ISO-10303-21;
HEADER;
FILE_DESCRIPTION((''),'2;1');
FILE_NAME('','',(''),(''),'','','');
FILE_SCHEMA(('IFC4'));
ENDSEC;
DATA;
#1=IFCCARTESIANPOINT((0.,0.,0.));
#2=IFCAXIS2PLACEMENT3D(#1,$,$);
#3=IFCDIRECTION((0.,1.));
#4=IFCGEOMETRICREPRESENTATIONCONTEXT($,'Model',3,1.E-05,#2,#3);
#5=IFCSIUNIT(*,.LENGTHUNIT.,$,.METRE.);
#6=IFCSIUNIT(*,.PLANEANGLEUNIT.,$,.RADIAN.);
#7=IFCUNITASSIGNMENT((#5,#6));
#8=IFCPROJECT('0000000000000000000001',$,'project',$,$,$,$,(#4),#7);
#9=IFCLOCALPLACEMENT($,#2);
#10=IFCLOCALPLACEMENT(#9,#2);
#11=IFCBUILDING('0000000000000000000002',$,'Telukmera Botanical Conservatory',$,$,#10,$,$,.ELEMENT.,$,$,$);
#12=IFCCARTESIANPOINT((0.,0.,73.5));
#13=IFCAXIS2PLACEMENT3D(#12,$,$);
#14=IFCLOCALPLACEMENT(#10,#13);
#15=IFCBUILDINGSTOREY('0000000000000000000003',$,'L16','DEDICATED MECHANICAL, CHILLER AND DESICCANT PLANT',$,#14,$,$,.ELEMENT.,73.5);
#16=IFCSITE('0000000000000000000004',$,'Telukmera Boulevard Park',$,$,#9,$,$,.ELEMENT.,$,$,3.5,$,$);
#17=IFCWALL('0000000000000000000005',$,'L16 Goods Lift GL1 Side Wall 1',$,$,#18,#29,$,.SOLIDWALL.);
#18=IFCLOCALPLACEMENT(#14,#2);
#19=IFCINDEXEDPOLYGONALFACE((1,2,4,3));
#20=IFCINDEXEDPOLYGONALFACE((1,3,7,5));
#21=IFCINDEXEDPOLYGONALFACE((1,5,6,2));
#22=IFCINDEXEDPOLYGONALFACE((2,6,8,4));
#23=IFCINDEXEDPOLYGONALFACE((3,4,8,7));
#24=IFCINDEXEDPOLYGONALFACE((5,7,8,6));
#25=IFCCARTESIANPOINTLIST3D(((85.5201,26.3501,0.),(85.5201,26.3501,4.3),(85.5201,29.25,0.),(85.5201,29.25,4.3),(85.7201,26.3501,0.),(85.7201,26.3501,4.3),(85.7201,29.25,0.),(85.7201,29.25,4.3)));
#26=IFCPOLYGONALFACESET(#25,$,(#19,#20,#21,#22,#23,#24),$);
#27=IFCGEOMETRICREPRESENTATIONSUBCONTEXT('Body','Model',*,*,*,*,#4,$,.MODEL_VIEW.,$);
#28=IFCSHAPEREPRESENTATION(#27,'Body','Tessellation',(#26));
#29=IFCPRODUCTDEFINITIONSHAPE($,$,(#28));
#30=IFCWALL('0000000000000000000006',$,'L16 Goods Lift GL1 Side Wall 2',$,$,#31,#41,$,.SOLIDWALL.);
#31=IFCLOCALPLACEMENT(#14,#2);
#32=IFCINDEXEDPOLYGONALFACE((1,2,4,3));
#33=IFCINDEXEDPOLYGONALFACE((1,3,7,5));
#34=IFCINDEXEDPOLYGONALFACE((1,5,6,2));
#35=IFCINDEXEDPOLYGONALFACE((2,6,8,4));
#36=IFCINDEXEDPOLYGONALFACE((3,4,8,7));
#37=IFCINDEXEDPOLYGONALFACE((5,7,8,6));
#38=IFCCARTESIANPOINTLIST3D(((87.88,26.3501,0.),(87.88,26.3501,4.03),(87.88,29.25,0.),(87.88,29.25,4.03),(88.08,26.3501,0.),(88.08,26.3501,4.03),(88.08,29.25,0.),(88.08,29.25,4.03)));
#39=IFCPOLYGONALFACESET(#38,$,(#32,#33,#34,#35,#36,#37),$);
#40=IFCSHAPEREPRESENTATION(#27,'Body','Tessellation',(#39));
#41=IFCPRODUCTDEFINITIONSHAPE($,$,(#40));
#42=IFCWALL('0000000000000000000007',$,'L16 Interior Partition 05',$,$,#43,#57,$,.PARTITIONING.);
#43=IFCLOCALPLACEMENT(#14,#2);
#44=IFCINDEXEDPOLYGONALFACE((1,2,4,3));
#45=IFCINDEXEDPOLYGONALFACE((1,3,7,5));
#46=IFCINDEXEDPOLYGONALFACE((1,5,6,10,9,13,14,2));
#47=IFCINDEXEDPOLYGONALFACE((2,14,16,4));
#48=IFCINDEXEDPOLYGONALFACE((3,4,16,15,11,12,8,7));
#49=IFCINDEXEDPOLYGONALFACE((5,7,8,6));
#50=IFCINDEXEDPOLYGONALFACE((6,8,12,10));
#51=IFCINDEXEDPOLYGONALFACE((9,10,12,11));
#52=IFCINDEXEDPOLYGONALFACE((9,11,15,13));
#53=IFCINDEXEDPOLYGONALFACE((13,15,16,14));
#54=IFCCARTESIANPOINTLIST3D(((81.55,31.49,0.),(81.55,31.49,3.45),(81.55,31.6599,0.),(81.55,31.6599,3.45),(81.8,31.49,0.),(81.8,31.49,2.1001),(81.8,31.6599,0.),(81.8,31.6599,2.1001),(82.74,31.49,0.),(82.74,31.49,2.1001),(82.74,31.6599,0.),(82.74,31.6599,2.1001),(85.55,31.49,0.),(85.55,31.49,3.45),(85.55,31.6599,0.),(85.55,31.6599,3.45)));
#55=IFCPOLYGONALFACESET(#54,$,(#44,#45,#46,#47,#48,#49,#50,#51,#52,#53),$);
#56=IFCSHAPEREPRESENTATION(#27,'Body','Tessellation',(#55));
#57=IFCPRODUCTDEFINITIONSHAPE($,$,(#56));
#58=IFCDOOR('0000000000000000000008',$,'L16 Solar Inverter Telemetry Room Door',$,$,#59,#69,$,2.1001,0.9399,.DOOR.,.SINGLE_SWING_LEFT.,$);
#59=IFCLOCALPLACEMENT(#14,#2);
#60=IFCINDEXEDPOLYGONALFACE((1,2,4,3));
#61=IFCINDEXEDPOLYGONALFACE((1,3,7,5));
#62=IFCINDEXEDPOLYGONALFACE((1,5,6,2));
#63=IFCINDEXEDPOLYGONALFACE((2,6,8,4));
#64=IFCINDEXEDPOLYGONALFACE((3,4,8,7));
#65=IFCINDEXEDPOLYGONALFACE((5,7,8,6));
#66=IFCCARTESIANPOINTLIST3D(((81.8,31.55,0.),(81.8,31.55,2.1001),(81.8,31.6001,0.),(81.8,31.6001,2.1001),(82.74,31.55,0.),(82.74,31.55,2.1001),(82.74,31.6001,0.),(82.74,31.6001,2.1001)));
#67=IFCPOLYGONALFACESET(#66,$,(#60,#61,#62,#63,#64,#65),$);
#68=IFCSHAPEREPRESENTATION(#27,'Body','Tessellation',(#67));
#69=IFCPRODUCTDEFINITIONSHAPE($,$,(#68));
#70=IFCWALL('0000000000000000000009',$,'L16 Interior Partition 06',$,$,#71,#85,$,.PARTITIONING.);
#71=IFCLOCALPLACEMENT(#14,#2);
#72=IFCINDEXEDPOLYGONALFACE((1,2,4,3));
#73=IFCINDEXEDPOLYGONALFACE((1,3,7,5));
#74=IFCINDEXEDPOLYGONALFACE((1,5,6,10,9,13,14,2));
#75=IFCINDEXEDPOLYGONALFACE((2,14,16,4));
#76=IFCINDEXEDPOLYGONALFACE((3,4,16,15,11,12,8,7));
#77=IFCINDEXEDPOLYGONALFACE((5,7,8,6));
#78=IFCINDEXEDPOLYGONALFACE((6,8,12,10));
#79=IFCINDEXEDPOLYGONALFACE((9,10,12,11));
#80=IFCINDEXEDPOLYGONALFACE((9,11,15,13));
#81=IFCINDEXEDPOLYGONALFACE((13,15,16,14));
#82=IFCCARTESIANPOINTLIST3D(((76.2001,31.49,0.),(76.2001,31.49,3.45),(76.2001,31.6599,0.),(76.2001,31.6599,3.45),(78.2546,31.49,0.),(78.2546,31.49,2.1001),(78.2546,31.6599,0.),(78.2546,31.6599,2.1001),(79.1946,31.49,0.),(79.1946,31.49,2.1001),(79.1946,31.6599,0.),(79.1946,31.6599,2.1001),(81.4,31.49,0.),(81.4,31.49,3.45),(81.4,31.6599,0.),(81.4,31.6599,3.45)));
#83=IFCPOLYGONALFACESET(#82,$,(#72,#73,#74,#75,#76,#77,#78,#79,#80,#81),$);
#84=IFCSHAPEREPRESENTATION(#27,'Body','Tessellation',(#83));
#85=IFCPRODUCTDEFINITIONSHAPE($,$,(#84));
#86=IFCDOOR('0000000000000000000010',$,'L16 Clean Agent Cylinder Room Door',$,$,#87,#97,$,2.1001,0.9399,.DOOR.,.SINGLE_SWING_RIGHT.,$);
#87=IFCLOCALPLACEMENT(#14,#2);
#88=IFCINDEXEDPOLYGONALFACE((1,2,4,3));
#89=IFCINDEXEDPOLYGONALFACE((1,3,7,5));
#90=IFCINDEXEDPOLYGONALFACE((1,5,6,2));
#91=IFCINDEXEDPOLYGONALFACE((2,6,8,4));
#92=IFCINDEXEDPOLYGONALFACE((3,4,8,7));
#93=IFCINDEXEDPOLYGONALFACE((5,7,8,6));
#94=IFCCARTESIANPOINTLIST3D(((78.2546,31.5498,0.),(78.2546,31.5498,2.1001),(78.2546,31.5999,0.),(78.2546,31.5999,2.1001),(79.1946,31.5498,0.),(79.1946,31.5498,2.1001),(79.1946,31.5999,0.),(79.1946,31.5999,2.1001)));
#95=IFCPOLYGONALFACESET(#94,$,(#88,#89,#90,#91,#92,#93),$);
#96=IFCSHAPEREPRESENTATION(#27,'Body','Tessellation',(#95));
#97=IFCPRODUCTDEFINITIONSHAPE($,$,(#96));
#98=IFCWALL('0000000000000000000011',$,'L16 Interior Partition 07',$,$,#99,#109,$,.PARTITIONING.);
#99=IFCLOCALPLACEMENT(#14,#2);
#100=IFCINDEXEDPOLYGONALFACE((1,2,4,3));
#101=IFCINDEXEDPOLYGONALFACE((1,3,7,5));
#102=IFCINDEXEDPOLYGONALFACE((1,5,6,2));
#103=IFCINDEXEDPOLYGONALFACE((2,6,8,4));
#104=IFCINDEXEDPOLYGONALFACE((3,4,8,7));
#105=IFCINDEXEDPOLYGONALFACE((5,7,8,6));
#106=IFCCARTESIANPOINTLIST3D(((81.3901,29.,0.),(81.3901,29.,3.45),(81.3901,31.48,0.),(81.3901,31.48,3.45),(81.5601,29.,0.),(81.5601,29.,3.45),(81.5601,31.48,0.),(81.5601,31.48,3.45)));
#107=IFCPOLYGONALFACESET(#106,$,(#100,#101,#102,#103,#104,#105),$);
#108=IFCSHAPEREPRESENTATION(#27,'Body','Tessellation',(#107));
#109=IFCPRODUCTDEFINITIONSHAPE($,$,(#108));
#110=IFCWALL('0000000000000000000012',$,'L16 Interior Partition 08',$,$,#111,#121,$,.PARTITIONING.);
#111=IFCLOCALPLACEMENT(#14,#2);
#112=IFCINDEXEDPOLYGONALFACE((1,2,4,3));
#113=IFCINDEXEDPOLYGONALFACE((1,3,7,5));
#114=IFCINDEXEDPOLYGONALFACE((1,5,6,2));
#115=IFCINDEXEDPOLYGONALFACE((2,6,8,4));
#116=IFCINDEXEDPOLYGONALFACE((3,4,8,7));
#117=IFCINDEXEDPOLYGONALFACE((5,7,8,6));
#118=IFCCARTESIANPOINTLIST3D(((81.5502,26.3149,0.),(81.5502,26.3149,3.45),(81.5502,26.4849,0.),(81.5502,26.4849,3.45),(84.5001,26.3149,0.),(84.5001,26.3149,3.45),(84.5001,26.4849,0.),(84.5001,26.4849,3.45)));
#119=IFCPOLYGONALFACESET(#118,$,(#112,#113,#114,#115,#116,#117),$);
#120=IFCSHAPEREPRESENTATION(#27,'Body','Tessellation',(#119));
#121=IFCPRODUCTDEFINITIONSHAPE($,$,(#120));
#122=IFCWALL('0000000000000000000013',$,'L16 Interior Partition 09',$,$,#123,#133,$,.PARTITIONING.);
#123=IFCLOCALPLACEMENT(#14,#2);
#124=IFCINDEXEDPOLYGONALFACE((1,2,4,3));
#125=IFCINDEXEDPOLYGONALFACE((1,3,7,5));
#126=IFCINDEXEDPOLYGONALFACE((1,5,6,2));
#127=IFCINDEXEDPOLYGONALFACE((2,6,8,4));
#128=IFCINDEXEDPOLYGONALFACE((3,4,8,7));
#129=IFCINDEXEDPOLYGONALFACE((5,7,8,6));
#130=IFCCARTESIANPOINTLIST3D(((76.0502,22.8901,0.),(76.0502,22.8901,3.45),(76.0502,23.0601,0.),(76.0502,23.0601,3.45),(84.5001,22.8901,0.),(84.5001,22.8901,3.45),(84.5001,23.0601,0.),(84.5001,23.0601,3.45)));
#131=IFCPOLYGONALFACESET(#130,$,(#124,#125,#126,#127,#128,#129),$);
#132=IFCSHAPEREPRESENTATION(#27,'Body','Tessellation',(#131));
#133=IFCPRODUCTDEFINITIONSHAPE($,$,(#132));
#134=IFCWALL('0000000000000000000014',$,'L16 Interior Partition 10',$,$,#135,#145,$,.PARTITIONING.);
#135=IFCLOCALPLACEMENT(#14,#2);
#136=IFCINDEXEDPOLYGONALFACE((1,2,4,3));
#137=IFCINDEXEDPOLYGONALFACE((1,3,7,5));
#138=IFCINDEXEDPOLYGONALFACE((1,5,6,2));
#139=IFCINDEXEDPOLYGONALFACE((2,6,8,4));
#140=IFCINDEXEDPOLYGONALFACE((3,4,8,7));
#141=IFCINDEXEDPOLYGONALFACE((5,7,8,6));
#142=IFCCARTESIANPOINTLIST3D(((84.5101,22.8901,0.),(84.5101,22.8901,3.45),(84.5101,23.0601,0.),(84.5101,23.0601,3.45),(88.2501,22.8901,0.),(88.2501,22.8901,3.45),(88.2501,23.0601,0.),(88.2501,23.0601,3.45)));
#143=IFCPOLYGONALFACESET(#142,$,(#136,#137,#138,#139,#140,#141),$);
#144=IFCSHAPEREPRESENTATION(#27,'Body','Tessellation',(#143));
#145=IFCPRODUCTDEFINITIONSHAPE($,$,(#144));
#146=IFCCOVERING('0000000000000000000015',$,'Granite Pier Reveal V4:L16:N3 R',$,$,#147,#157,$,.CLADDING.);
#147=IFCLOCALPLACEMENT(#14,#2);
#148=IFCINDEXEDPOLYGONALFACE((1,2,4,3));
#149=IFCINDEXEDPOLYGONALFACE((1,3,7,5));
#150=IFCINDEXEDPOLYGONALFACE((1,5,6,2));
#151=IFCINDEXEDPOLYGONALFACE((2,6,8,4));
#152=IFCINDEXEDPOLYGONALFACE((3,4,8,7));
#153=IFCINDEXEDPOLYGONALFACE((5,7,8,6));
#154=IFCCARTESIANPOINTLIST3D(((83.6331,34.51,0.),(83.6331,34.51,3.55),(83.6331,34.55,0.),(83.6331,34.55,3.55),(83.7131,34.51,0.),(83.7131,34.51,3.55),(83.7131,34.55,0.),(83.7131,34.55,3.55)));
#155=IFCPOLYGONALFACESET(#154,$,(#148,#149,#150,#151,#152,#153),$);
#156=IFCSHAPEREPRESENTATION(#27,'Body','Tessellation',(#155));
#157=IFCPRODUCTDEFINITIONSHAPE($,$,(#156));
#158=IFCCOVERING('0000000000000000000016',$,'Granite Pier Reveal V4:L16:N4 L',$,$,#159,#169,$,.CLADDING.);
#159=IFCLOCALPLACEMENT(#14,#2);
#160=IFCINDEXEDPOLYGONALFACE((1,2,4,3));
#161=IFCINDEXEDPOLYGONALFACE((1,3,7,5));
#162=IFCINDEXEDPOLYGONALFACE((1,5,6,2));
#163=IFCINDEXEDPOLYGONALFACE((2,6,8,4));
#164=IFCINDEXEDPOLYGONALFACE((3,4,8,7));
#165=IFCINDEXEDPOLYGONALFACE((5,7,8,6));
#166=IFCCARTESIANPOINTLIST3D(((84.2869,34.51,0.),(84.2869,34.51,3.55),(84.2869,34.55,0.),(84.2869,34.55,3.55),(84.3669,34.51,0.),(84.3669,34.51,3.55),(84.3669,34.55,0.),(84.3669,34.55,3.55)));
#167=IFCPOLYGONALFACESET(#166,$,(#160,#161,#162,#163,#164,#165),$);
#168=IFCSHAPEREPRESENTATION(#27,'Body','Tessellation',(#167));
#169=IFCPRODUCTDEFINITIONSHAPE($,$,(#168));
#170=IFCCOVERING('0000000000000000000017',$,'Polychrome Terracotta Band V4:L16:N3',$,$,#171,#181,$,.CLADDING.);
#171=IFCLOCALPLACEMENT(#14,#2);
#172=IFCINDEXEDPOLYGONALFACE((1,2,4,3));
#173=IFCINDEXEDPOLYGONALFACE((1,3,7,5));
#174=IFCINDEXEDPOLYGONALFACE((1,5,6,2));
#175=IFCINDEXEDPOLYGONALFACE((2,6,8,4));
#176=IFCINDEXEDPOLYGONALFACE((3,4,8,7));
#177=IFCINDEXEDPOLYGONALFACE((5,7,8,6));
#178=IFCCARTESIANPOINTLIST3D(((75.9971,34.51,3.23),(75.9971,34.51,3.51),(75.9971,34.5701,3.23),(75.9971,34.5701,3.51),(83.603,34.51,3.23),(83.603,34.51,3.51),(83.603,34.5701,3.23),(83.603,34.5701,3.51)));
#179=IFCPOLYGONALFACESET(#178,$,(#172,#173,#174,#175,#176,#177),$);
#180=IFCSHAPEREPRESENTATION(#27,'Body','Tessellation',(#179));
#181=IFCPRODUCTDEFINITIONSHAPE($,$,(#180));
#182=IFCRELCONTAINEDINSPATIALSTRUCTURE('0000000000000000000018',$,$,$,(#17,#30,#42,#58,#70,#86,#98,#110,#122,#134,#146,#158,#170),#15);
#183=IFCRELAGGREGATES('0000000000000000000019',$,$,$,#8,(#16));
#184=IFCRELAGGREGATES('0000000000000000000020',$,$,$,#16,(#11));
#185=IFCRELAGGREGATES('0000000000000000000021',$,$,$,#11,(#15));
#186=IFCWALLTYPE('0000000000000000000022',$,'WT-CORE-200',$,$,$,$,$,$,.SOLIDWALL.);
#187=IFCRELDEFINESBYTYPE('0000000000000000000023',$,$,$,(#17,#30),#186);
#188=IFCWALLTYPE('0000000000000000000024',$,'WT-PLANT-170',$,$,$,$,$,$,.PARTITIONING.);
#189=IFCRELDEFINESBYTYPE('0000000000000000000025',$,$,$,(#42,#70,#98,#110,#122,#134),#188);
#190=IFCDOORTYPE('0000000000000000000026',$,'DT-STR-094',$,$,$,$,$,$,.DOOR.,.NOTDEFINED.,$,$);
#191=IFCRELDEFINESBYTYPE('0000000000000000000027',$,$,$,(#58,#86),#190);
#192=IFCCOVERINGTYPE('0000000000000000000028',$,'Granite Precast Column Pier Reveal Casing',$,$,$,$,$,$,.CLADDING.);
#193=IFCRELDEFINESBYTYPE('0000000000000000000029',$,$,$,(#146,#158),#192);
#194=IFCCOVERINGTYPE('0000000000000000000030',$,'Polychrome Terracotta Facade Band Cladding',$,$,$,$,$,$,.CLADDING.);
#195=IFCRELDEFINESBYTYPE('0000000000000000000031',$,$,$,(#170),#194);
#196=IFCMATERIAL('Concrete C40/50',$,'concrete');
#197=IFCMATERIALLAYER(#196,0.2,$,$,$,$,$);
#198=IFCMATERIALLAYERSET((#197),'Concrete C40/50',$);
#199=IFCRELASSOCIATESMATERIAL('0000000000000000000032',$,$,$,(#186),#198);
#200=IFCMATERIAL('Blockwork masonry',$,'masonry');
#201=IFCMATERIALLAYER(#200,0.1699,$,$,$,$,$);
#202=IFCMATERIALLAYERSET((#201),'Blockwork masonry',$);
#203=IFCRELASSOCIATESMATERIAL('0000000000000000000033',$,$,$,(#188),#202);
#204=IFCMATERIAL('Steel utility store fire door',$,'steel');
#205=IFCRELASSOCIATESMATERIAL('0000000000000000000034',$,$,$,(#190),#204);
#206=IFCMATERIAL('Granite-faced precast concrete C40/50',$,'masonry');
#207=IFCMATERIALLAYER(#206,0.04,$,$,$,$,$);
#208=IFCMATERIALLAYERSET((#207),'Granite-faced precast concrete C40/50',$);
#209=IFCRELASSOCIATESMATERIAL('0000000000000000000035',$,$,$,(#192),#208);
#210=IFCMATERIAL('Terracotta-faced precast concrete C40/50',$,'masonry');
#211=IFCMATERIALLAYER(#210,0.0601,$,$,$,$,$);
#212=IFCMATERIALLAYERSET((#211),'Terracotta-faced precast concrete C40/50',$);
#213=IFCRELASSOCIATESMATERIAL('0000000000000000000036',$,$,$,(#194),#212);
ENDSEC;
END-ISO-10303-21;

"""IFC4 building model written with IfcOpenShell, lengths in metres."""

from ifc_helpers import new_model, si_unit, direction, frame, frame_2d, origin, origin_2d, place, context, subcontext, project, spatial, rectangle, extrude, material, layer, layer_set, type_object, element, fill, save


model = new_model("IFC4")

# Units and contexts
model_context = context("Model", 3, precision=1e-05, world=origin(), true_north=direction((0.0, 1.0)))
body_context = subcontext(model_context, "Body", "Model", "MODEL_VIEW")
ifc_project = project(units=[si_unit("LENGTHUNIT", "METRE"), si_unit("PLANEANGLEUNIT", "RADIAN")], contexts=[model_context])

# Site, building, storey
site_placement = place(None, origin())
site = spatial("IfcSite", under=ifc_project, at=site_placement, Name="Telukmera Boulevard Park", CompositionType="ELEMENT", RefElevation=3.5)
building_placement = place(site_placement, origin())
building = spatial("IfcBuilding", under=site, at=building_placement, Name="Telukmera Botanical Conservatory", CompositionType="ELEMENT")
storey_placement = place(building_placement, frame((0.0, 0.0, 73.5)))
storey = spatial("IfcBuildingStorey", under=building, at=storey_placement, Name="L16", Description="DEDICATED MECHANICAL, CHILLER AND DESICCANT PLANT", CompositionType="ELEMENT", Elevation=73.5)

# Shared definitions
ifc_material_1 = material(Name="Concrete C40/50", Category="concrete")

# Shared definitions
ifc_material_2 = material(Name="Terracotta-faced precast concrete C40/50", Category="masonry")
ifc_layer_1 = layer(ifc_material_1, 0.2)
ifc_layer_set_1 = layer_set([ifc_layer_1], Name="Concrete C40/50")
wall_type_1 = type_object("IfcWallType", Name="WT-CORE-200", PredefinedType="SOLIDWALL", material=ifc_layer_set_1)

# Walls
wall_1_placement = place(storey_placement, frame((85.6201, 26.3501, 0.0), z_axis=(0.0, 0.0, 1.0), x_axis=(0.0, 1.0, 0.0)))
element("IfcWall", 1, at=wall_1_placement, inside=storey, type_object=wall_type_1, Name="L16 Goods Lift GL1 Side Wall 1", PredefinedType="SOLIDWALL", context=body_context, shape_type="SweptSolid", body=[
    extrude(rectangle(XDim=2.8999, YDim=0.2, at=frame_2d((1.45, 0.0))), origin(), (0.0, 0.0, 1.0), 4.3),
])
wall_2_placement = place(storey_placement, frame((87.98, 26.3501, 0.0), z_axis=(0.0, 0.0, 1.0), x_axis=(0.0, 1.0, 0.0)))
element("IfcWall", 2, at=wall_2_placement, inside=storey, type_object=wall_type_1, Name="L16 Goods Lift GL1 Side Wall 2", PredefinedType="SOLIDWALL", context=body_context, shape_type="SweptSolid", body=[
    extrude(rectangle(XDim=2.8999, YDim=0.2, at=frame_2d((1.45, 0.0))), origin(), (0.0, 0.0, 1.0), 4.03),
])

# Walls, openings, doors
ifc_material_3 = material(Name="Blockwork masonry", Category="masonry")
ifc_layer_2 = layer(ifc_material_3, 0.1699)
ifc_layer_set_2 = layer_set([ifc_layer_2], Name="Blockwork masonry")
wall_type_2 = type_object("IfcWallType", Name="WT-PLANT-170", PredefinedType="PARTITIONING", material=ifc_layer_set_2)
wall_3_placement = place(storey_placement, frame((81.55, 31.575, 0.0), z_axis=(0.0, 0.0, 1.0), x_axis=(1.0, 0.0, 0.0)))
wall_3 = element("IfcWall", 3, at=wall_3_placement, inside=storey, type_object=wall_type_2, Name="L16 Interior Partition 05", PredefinedType="PARTITIONING", context=body_context, shape_type="SweptSolid", body=[
    extrude(rectangle(XDim=4.0, YDim=0.1699, at=frame_2d((2.0, 0.0))), origin(), (0.0, 0.0, 1.0), 3.45),
])
opening_1_placement = place(wall_3_placement, frame((0.25, 0.0, 0.0)))
opening_1 = element("IfcOpeningElement", 4, at=opening_1_placement, cuts=wall_3, PredefinedType="OPENING", context=body_context, shape_type="SweptSolid", body=[
    extrude(rectangle(XDim=0.9399, YDim=2.1001, at=frame_2d((0.47, 1.05))), frame((0.0, 0.095, 0.0), z_axis=(0.0, -1.0, 0.0), x_axis=(1.0, 0.0, 0.0)), (0.0, 0.0, 1.0), 0.1899),
])
ifc_material_4 = material(Name="Steel utility store fire door", Category="steel")
door_type_1 = type_object("IfcDoorType", Name="DT-STR-094", OperationType="NOTDEFINED", PredefinedType="DOOR", material=ifc_material_4)
door_1_placement = place(opening_1_placement, frame((0.9399, 0.0, 0.0), z_axis=(0.0, 0.0, 1.0), x_axis=(-1.0, 0.0, 0.0)))
door_1 = element("IfcDoor", 5, at=door_1_placement, inside=storey, type_object=door_type_1, Name="L16 Solar Inverter Telemetry Room Door", OperationType="SINGLE_SWING_LEFT", OverallHeight=2.1001, OverallWidth=0.9399, PredefinedType="DOOR", context=body_context, shape_type="SweptSolid", body=[
    extrude(rectangle(XDim=0.9399, YDim=2.1001, at=frame_2d((0.47, 1.05))), frame((0.0, 0.0249, 0.0), z_axis=(0.0, -1.0, 0.0), x_axis=(1.0, 0.0, 0.0)), (0.0, 0.0, 1.0), 0.05),
])
fill(opening_1, door_1)
wall_4_placement = place(storey_placement, frame((76.2, 31.575, 0.0), z_axis=(0.0, 0.0, 1.0), x_axis=(1.0, 0.0, 0.0)))
wall_4 = element("IfcWall", 6, at=wall_4_placement, inside=storey, type_object=wall_type_2, Name="L16 Interior Partition 06", PredefinedType="PARTITIONING", context=body_context, shape_type="SweptSolid", body=[
    extrude(rectangle(XDim=5.2, YDim=0.1699, at=frame_2d((2.6001, 0.0))), origin(), (0.0, 0.0, 1.0), 3.45),
])
opening_2_placement = place(wall_4_placement, frame((2.0547, 0.0, 0.0)))
opening_2 = element("IfcOpeningElement", 7, at=opening_2_placement, cuts=wall_4, PredefinedType="OPENING", context=body_context, shape_type="SweptSolid", body=[
    extrude(rectangle(XDim=0.9399, YDim=2.1001, at=frame_2d((0.47, 1.05))), frame((0.0, 0.095, 0.0), z_axis=(0.0, -1.0, 0.0), x_axis=(1.0, 0.0, 0.0)), (0.0, 0.0, 1.0), 0.1899),
])
door_2_placement = place(opening_2_placement, origin())
door_2 = element("IfcDoor", 8, at=door_2_placement, inside=storey, type_object=door_type_1, Name="L16 Clean Agent Cylinder Room Door", OperationType="SINGLE_SWING_RIGHT", OverallHeight=2.1001, OverallWidth=0.9399, PredefinedType="DOOR", context=body_context, shape_type="SweptSolid", body=[
    extrude(rectangle(XDim=0.9399, YDim=2.1001, at=frame_2d((0.47, 1.05))), frame((0.0, 0.0249, 0.0), z_axis=(0.0, -1.0, 0.0), x_axis=(1.0, 0.0, 0.0)), (0.0, 0.0, 1.0), 0.05),
])
fill(opening_2, door_2)

# Walls
wall_5_placement = place(storey_placement, frame((81.4751, 29.0, 0.0), z_axis=(0.0, 0.0, 1.0), x_axis=(0.0, 1.0, 0.0)))
element("IfcWall", 9, at=wall_5_placement, inside=storey, type_object=wall_type_2, Name="L16 Interior Partition 07", PredefinedType="PARTITIONING", context=body_context, shape_type="SweptSolid", body=[
    extrude(rectangle(XDim=2.48, YDim=0.1699, at=frame_2d((1.24, 0.0))), origin(), (0.0, 0.0, 1.0), 3.45),
])
wall_6_placement = place(storey_placement, frame((81.55, 26.3999, 0.0), z_axis=(0.0, 0.0, 1.0), x_axis=(1.0, 0.0, 0.0)))
element("IfcWall", 10, at=wall_6_placement, inside=storey, type_object=wall_type_2, Name="L16 Interior Partition 08", PredefinedType="PARTITIONING", context=body_context, shape_type="SweptSolid", body=[
    extrude(rectangle(XDim=2.95, YDim=0.1699, at=frame_2d((1.4751, 0.0))), origin(), (0.0, 0.0, 1.0), 3.45),
])
wall_7_placement = place(storey_placement, frame((76.05, 22.9751, 0.0), z_axis=(0.0, 0.0, 1.0), x_axis=(1.0, 0.0, 0.0)))
element("IfcWall", 11, at=wall_7_placement, inside=storey, type_object=wall_type_2, Name="L16 Interior Partition 09", PredefinedType="PARTITIONING", context=body_context, shape_type="SweptSolid", body=[
    extrude(rectangle(XDim=8.45, YDim=0.1699, at=frame_2d((4.2251, 0.0))), origin(), (0.0, 0.0, 1.0), 3.45),
])
wall_8_placement = place(storey_placement, frame((84.51, 22.9751, 0.0), z_axis=(0.0, 0.0, 1.0), x_axis=(1.0, 0.0, 0.0)))
element("IfcWall", 12, at=wall_8_placement, inside=storey, type_object=wall_type_2, Name="L16 Interior Partition 10", PredefinedType="PARTITIONING", context=body_context, shape_type="SweptSolid", body=[
    extrude(rectangle(XDim=3.74, YDim=0.1699, at=frame_2d((1.8701, 0.0))), origin(), (0.0, 0.0, 1.0), 3.45),
])

# Coverings
ifc_material_5 = material(Name="Granite-faced precast concrete C40/50", Category="masonry")
ifc_layer_3 = layer(ifc_material_5, 0.04)
ifc_layer_set_3 = layer_set([ifc_layer_3], Name="Granite-faced precast concrete C40/50")
covering_type_1 = type_object("IfcCoveringType", Name="Granite Precast Column Pier Reveal Casing", PredefinedType="CLADDING", material=ifc_layer_set_3)
for number, where, z_axis, x_axis, name in (
    (13, (83.6731, 34.53, 0.0), (0.0, 0.0, 1.0), (1.0, 0.0, 0.0), "Granite Pier Reveal V4:L16:N3 R"),
    (14, (84.3269, 34.53, 0.0), (0.0, 0.0, 1.0), (1.0, 0.0, 0.0), "Granite Pier Reveal V4:L16:N4 L"),
):
    element("IfcCovering", number, at=place(storey_placement, frame(where, z_axis=z_axis, x_axis=x_axis)), inside=storey, type_object=covering_type_1, Name=name, PredefinedType="CLADDING", context=body_context, shape_type="SweptSolid", body=[
        extrude(rectangle(XDim=0.0801, YDim=0.04, at=origin_2d()), origin(), (0.0, 0.0, 1.0), 3.55),
    ])
ifc_layer_4 = layer(ifc_material_2, 0.0601)
ifc_layer_set_4 = layer_set([ifc_layer_4], Name="Terracotta-faced precast concrete C40/50")
covering_type_2 = type_object("IfcCoveringType", Name="Polychrome Terracotta Facade Band Cladding", PredefinedType="CLADDING", material=ifc_layer_set_4)
covering_placement = place(storey_placement, frame((79.8, 34.54, 3.23), z_axis=(0.0, 0.0, 1.0), x_axis=(1.0, 0.0, 0.0)))
element("IfcCovering", 15, at=covering_placement, inside=storey, type_object=covering_type_2, Name="Polychrome Terracotta Band V4:L16:N3", PredefinedType="CLADDING", context=body_context, shape_type="SweptSolid", body=[
    extrude(rectangle(XDim=7.606, YDim=0.0601, at=origin_2d()), origin(), (0.0, 0.0, 1.0), 0.28),
])

save(model, "model.ifc")
